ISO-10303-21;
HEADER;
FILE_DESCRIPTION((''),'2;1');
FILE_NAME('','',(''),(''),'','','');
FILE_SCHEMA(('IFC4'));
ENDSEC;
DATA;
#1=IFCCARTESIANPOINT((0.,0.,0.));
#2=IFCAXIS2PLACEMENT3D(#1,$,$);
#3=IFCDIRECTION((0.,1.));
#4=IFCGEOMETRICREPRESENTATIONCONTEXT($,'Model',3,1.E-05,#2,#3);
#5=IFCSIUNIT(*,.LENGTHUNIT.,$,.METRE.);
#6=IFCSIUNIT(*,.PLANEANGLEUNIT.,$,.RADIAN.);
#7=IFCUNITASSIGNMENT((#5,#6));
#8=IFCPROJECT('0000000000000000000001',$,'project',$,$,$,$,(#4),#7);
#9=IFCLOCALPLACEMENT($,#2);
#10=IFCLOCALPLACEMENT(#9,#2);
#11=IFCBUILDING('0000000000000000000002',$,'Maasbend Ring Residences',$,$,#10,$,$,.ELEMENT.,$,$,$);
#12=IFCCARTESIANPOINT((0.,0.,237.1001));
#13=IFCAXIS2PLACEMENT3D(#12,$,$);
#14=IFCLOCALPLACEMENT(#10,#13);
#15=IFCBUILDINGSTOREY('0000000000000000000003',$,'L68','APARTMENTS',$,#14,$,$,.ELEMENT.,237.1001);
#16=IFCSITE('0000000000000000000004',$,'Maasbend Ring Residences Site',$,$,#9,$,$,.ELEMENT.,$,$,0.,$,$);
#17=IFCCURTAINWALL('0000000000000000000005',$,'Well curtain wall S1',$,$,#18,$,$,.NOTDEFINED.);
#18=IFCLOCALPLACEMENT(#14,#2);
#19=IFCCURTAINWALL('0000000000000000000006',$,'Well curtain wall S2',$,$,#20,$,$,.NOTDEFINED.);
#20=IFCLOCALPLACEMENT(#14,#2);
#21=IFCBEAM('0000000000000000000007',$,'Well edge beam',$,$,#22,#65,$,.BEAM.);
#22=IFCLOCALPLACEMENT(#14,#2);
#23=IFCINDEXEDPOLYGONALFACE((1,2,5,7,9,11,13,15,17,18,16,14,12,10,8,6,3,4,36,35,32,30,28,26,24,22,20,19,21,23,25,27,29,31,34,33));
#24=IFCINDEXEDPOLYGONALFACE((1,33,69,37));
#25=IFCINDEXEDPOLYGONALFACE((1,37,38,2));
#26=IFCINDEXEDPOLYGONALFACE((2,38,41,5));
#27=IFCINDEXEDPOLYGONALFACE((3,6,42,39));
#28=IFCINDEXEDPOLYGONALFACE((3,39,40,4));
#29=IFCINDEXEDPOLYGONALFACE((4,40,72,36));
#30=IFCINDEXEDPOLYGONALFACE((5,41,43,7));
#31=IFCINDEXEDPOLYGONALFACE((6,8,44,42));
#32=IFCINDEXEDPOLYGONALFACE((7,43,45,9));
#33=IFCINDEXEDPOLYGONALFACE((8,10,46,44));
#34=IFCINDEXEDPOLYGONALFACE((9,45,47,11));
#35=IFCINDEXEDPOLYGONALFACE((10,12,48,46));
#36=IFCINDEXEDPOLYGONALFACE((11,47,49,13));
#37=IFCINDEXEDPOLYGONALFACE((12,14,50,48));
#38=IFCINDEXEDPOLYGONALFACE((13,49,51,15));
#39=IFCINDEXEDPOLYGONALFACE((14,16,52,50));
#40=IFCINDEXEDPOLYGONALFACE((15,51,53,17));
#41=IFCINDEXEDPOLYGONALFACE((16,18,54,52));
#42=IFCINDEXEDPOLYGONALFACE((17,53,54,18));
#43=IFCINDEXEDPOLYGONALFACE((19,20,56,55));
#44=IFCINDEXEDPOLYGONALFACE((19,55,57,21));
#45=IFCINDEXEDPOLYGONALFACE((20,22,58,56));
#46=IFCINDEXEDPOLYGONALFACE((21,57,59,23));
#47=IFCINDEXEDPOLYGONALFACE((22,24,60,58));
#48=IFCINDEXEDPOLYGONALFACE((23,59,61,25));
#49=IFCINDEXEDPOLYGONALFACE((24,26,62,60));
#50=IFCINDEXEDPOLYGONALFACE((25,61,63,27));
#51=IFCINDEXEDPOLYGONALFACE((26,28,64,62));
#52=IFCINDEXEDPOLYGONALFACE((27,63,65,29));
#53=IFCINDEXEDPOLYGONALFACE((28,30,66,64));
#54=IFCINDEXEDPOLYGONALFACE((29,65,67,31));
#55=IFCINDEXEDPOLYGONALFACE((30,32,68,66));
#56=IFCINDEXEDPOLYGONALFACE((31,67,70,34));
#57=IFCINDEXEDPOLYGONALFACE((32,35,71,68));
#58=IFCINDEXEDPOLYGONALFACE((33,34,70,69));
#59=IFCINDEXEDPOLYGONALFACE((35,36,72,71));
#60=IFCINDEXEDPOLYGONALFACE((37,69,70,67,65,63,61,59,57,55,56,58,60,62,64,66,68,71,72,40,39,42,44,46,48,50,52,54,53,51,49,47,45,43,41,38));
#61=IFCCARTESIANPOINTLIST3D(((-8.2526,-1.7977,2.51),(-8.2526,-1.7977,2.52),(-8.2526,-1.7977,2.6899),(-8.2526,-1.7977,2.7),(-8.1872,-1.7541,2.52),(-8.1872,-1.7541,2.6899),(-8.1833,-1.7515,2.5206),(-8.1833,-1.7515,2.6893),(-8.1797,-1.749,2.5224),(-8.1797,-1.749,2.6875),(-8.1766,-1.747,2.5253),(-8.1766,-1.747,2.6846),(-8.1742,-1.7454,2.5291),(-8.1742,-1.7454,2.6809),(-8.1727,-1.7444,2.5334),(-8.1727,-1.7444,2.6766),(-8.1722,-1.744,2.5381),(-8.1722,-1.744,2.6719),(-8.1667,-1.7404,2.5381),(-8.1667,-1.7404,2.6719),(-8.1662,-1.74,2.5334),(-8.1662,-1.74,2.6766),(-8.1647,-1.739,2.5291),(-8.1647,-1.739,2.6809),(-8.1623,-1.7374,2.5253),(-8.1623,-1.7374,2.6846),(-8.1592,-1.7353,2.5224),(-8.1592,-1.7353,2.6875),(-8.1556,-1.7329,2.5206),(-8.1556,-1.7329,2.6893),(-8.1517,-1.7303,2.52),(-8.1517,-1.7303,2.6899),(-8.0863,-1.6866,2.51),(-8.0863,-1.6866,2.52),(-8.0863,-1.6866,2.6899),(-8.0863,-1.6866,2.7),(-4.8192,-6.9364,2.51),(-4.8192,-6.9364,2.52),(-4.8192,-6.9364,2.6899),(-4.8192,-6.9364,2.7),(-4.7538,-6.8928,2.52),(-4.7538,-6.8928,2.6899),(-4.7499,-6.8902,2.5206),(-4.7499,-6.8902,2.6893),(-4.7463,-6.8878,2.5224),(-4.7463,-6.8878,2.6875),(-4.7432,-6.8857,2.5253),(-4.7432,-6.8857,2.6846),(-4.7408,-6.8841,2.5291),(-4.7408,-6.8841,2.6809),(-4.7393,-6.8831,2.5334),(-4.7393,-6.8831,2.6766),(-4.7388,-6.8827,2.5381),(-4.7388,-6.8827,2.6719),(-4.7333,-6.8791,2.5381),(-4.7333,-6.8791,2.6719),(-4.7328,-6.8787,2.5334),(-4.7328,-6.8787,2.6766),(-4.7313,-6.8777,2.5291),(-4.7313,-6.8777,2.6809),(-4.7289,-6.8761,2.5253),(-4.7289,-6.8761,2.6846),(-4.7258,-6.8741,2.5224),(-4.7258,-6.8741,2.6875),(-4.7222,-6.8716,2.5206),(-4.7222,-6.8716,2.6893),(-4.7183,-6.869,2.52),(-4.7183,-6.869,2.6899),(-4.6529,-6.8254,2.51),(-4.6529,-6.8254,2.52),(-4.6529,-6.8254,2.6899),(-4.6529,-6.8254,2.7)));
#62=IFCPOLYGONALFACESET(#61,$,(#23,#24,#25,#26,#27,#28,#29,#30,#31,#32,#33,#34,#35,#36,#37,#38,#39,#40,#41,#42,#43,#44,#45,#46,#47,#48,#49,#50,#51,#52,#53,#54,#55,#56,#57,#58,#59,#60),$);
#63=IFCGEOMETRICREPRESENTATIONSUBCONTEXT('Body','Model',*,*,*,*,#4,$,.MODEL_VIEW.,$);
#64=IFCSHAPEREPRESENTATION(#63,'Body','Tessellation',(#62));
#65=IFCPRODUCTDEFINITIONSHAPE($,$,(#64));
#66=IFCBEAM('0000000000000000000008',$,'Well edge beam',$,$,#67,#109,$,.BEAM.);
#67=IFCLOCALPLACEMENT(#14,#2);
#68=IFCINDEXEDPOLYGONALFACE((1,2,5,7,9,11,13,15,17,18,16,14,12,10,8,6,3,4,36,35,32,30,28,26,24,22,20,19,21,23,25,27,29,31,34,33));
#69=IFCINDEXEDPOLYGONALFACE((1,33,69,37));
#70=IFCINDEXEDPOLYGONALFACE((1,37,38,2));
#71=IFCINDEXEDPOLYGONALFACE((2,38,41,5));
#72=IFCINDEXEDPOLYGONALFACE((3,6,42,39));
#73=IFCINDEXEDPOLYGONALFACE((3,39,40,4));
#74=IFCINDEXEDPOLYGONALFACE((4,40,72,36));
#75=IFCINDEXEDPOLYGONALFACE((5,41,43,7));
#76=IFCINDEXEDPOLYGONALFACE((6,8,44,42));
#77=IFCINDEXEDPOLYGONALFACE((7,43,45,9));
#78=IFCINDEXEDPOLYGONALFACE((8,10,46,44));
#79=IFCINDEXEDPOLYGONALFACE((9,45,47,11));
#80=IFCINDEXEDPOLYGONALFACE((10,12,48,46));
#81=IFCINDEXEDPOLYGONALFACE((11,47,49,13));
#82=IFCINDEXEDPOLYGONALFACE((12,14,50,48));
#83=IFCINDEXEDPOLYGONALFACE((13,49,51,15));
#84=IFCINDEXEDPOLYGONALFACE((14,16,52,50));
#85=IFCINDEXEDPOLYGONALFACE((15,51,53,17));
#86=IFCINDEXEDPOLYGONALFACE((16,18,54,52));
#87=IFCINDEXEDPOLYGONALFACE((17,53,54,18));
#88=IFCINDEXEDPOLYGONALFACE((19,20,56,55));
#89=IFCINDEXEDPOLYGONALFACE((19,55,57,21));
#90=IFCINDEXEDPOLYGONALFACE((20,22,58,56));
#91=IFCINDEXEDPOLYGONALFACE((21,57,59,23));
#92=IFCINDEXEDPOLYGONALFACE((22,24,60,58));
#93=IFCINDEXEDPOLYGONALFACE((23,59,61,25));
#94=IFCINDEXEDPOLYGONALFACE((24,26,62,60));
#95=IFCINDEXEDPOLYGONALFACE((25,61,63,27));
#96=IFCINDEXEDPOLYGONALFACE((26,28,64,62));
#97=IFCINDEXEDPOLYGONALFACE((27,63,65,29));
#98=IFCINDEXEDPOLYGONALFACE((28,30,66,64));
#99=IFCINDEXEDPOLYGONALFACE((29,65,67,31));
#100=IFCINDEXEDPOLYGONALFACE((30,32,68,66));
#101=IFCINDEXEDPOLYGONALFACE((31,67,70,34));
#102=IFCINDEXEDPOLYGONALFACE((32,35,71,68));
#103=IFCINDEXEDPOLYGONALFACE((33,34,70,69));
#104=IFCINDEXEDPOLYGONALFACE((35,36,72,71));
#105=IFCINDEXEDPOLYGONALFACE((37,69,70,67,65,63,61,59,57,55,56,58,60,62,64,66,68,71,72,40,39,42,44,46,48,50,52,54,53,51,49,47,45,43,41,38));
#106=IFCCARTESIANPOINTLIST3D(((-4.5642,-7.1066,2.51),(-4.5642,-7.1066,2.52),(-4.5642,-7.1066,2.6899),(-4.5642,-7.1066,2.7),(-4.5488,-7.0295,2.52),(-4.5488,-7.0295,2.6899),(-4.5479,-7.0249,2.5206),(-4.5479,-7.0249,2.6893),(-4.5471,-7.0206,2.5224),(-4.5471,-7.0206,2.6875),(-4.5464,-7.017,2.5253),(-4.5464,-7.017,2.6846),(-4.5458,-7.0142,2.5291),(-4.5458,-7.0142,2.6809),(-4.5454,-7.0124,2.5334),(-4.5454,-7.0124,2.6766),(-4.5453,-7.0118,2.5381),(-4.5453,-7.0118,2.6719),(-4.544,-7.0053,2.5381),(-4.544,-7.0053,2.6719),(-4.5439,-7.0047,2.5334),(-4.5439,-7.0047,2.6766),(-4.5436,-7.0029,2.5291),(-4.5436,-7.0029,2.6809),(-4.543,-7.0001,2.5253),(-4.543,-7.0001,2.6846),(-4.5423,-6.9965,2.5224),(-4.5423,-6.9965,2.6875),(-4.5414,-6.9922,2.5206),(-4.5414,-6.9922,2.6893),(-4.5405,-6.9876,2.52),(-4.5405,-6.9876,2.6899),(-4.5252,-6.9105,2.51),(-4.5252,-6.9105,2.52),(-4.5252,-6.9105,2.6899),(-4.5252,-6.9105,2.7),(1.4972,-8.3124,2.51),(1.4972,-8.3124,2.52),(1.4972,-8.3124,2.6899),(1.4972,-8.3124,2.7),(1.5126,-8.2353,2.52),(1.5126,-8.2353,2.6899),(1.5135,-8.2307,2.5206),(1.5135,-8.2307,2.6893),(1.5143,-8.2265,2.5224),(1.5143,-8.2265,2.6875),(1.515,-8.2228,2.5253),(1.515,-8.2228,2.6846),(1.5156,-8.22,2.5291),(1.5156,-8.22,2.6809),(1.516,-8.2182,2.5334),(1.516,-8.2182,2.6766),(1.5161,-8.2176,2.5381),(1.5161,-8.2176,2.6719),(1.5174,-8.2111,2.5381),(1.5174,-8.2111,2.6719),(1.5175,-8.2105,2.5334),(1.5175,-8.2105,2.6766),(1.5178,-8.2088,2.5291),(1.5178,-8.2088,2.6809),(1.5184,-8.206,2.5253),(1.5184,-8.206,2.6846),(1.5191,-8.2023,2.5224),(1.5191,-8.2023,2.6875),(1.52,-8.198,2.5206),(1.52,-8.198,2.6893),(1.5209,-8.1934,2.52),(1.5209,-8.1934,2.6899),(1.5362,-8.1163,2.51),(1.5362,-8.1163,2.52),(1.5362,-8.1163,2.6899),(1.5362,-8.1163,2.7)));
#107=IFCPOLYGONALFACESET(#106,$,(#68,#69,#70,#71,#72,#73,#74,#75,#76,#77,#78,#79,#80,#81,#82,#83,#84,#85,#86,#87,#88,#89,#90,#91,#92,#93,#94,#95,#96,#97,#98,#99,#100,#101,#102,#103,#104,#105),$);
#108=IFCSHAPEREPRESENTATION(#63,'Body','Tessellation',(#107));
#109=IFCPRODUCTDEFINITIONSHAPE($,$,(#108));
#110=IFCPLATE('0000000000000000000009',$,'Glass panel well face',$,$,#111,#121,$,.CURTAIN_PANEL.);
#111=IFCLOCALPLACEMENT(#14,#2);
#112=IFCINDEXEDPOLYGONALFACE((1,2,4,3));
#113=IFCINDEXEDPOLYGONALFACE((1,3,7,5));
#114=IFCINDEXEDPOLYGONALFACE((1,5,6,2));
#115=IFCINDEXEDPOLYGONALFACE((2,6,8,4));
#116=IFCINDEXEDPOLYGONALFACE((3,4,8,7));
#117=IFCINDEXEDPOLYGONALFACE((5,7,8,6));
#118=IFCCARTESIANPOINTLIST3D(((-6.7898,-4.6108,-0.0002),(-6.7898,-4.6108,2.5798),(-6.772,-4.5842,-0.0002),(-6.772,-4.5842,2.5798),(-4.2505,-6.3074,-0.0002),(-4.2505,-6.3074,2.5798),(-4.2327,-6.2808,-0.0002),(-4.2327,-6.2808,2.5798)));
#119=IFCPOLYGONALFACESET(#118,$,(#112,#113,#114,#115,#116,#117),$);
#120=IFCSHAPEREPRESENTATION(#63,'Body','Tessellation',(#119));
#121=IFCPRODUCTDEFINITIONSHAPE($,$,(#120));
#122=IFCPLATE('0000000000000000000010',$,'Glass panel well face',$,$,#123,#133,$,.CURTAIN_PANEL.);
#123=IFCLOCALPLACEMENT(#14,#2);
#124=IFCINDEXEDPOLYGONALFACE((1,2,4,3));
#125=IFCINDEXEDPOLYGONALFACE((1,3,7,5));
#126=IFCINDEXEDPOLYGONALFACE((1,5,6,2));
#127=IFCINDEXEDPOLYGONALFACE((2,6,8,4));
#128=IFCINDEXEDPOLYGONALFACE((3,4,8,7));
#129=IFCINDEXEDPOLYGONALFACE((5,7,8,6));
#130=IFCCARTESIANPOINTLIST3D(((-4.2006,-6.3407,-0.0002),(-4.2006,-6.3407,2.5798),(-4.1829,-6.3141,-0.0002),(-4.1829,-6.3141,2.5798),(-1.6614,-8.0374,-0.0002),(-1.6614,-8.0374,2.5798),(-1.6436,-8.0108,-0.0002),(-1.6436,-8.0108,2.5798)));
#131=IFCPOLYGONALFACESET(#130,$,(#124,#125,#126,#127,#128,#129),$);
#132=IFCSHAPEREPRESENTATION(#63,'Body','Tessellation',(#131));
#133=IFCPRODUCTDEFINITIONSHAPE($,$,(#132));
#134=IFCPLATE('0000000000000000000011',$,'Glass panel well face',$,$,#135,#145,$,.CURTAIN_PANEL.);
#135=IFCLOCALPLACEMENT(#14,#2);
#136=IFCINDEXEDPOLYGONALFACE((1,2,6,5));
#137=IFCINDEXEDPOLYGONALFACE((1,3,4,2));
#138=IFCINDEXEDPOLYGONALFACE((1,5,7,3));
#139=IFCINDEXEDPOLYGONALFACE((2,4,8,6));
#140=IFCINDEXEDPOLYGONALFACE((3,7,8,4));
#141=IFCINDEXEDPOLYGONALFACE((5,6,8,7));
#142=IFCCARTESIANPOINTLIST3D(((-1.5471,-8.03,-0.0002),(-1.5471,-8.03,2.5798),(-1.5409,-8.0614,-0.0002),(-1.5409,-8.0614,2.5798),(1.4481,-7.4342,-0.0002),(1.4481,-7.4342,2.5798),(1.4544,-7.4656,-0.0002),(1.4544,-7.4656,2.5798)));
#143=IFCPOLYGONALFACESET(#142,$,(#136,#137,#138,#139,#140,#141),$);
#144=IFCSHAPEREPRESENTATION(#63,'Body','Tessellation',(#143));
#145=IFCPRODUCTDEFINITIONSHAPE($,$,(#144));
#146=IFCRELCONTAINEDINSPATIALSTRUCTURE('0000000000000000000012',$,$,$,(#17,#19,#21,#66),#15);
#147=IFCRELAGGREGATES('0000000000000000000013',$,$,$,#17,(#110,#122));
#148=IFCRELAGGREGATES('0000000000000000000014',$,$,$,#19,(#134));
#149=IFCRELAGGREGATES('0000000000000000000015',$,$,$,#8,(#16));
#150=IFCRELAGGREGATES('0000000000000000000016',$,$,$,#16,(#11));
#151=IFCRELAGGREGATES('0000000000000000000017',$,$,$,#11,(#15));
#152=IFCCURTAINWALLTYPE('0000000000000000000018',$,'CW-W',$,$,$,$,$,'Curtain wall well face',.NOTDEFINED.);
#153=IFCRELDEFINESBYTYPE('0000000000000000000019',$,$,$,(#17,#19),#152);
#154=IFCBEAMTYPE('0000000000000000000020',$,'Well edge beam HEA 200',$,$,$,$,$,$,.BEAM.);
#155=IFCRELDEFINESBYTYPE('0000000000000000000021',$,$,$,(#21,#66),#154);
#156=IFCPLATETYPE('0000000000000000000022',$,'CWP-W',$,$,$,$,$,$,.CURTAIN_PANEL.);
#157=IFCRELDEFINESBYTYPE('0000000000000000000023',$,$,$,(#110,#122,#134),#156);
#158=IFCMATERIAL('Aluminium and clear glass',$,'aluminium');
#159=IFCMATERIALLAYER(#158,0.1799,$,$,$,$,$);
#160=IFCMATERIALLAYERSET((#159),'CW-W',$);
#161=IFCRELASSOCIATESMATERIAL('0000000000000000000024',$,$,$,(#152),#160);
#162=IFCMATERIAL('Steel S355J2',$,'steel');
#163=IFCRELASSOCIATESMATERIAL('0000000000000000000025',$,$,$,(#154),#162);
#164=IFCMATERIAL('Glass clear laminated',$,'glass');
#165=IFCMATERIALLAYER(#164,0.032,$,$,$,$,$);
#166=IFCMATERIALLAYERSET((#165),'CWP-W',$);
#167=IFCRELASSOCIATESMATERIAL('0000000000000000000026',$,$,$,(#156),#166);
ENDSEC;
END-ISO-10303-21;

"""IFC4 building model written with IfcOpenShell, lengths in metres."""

from ifc_helpers import new_model, si_unit, direction, frame, origin, origin_2d, place, context, subcontext, project, spatial, rectangle, i_section, extrude, material, layer, layer_set, material_profile, profile_set, type_object, element, aggregate, save


model = new_model("IFC4")

# Units and contexts
model_context = context("Model", 3, precision=1e-05, world=origin(), true_north=direction((0.0, 1.0)))
body_context = subcontext(model_context, "Body", "Model", "MODEL_VIEW")
ifc_project = project(units=[si_unit("LENGTHUNIT", "METRE"), si_unit("PLANEANGLEUNIT", "RADIAN")], contexts=[model_context])

# Site, building, storey
site_placement = place(None, origin())
site = spatial("IfcSite", under=ifc_project, at=site_placement, Name="Maasbend Ring Residences Site", CompositionType="ELEMENT", RefElevation=0.0)
building_placement = place(site_placement, origin())
building = spatial("IfcBuilding", under=site, at=building_placement, Name="Maasbend Ring Residences", CompositionType="ELEMENT")
storey_placement = place(building_placement, frame((0.0, 0.0, 237.1001)))
storey = spatial("IfcBuildingStorey", under=building, at=storey_placement, Name="L68", Description="APARTMENTS", CompositionType="ELEMENT", Elevation=237.1001)

# Curtain wall
ifc_material_1 = material(Name="Aluminium and clear glass", Category="aluminium")
ifc_layer_1 = layer(ifc_material_1, 0.1799)
ifc_layer_set_1 = layer_set([ifc_layer_1], Name="CW-W")
curtain_wall_type = type_object("IfcCurtainWallType", Name="CW-W", ElementType="Curtain wall well face", PredefinedType="NOTDEFINED", material=ifc_layer_set_1)
curtain_wall_1_placement = place(storey_placement, origin())
curtain_wall_1 = element("IfcCurtainWall", 1, at=curtain_wall_1_placement, inside=storey, type_object=curtain_wall_type, Name="Well curtain wall S1", PredefinedType="NOTDEFINED")

# Curtain wall
curtain_wall_2_placement = place(storey_placement, origin())
curtain_wall_2 = element("IfcCurtainWall", 2, at=curtain_wall_2_placement, inside=storey, type_object=curtain_wall_type, Name="Well curtain wall S2", PredefinedType="NOTDEFINED")

# Beams
ifc_material_2 = material(Name="Steel S355J2", Category="steel")
ifc_material_profile_1 = material_profile(ifc_material_2, i_section(OverallWidth=0.2, OverallDepth=0.1899, WebThickness=0.0066, FlangeThickness=0.01, FilletRadius=0.0181, at=origin_2d()), Name="HEA 200")
ifc_profile_set_1 = profile_set([ifc_material_profile_1], Name="Steel S355J2")
beam_type = type_object("IfcBeamType", Name="Well edge beam HEA 200", PredefinedType="BEAM", material=ifc_profile_set_1)
for number, where, z_axis, x_axis, name in (
    (3, (-8.1694, -1.7422, 2.605), (0.555548, -0.831485, 0.0), (0.831485, 0.555548, 0.0), "Well edge beam"),
    (4, (-4.5447, -7.0085, 2.605), (0.980781, -0.195113, 0.0), (0.195113, 0.980781, 0.0), "Well edge beam"),
):
    element("IfcBeam", number, at=place(storey_placement, frame(where, z_axis=z_axis, x_axis=x_axis)), inside=storey, type_object=beam_type, Name=name, PredefinedType="BEAM", context=body_context, shape_type="SweptSolid", body=[
        extrude(i_section(OverallWidth=0.2, OverallDepth=0.1899, WebThickness=0.0066, FlangeThickness=0.01, FilletRadius=0.0181, at=origin_2d()), origin(), (0.0, 0.0, 1.0), 6.1802),
    ])

# Plates
ifc_material_3 = material(Name="Glass clear laminated", Category="glass")
ifc_layer_2 = layer(ifc_material_3, 0.032)
ifc_layer_set_2 = layer_set([ifc_layer_2], Name="CWP-W")
plate_type = type_object("IfcPlateType", Name="CWP-W", PredefinedType="CURTAIN_PANEL", material=ifc_layer_set_2)
plate_1_placement = place(storey_placement, frame((-5.5112, -5.4458, -0.0002), z_axis=(0.0, 0.0, 1.0), x_axis=(0.83147, -0.55557, 0.0)))
plate_1 = element("IfcPlate", 5, at=plate_1_placement, type_object=plate_type, Name="Glass panel well face", PredefinedType="CURTAIN_PANEL", context=body_context, shape_type="SweptSolid", body=[
    extrude(rectangle(XDim=3.054, YDim=0.032, at=origin_2d()), origin(), (0.0, 0.0, 1.0), 2.5801),
])
plate_2_placement = place(storey_placement, frame((-2.9221, -7.1758, -0.0002), z_axis=(0.0, 0.0, 1.0), x_axis=(0.83147, -0.55557, 0.0)))
plate_2 = element("IfcPlate", 6, at=plate_2_placement, type_object=plate_type, Name="Glass panel well face", PredefinedType="CURTAIN_PANEL", context=body_context, shape_type="SweptSolid", body=[
    extrude(rectangle(XDim=3.054, YDim=0.032, at=origin_2d()), origin(), (0.0, 0.0, 1.0), 2.5801),
])
aggregate(curtain_wall_1, [plate_1, plate_2])
plate_3_placement = place(storey_placement, frame((-0.0464, -7.7478, -0.0002), z_axis=(0.0, 0.0, 1.0), x_axis=(0.980785, 0.19509, 0.0)))
plate_3 = element("IfcPlate", 7, at=plate_3_placement, type_object=plate_type, Name="Glass panel well face", PredefinedType="CURTAIN_PANEL", context=body_context, shape_type="SweptSolid", body=[
    extrude(rectangle(XDim=3.054, YDim=0.032, at=origin_2d()), origin(), (0.0, 0.0, 1.0), 2.5801),
])
aggregate(curtain_wall_2, [plate_3])

save(model, "model.ifc")
